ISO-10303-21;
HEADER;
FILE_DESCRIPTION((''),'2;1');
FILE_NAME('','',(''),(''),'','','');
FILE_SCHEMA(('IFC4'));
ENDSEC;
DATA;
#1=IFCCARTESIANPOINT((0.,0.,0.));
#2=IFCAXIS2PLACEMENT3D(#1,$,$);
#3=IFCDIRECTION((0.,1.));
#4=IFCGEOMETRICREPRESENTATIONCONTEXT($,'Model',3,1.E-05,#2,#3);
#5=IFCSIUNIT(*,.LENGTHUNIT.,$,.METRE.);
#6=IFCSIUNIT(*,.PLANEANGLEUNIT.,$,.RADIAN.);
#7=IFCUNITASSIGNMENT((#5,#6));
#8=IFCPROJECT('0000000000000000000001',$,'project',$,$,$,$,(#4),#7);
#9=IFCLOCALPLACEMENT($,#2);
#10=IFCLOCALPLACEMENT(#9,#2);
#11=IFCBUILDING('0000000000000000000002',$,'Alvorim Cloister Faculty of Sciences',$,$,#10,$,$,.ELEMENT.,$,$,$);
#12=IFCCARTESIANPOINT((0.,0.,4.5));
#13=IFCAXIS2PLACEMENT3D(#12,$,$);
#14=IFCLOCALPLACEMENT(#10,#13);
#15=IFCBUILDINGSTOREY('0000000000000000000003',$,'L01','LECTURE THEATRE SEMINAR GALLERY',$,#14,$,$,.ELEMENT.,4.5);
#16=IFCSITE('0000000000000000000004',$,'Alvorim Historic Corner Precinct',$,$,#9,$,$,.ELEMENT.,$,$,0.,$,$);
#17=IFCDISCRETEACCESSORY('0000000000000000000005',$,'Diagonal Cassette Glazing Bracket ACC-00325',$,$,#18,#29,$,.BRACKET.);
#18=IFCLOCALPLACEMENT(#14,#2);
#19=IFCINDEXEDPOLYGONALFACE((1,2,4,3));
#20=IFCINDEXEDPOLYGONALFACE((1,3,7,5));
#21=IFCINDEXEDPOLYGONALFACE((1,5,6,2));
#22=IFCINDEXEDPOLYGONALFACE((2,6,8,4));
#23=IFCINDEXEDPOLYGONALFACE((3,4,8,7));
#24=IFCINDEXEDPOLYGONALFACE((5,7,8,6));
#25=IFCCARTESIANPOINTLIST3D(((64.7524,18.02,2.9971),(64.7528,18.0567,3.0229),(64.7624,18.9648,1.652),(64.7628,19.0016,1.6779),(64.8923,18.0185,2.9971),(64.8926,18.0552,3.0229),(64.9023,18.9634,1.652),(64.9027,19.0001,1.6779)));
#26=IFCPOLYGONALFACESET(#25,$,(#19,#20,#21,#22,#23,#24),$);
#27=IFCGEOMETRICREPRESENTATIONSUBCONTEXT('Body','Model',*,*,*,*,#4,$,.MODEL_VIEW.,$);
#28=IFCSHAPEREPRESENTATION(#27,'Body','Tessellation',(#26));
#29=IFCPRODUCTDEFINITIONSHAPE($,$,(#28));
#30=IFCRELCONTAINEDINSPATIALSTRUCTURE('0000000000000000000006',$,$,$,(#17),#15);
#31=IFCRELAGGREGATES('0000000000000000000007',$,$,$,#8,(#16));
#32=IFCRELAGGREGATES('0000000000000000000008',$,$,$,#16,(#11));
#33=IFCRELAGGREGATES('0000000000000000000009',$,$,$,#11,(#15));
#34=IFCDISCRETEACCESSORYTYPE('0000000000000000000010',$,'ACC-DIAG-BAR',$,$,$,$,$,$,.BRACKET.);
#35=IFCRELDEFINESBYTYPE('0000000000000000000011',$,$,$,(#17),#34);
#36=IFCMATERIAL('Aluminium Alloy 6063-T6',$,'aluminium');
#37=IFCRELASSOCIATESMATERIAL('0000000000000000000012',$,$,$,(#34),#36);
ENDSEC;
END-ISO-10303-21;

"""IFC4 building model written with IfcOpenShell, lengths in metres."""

from ifc_helpers import new_model, si_unit, direction, frame, origin, origin_2d, place, context, subcontext, project, spatial, rectangle, extrude, material, type_object, element, save


model = new_model("IFC4")

# Units and contexts
model_context = context("Model", 3, precision=1e-05, world=origin(), true_north=direction((0.0, 1.0)))
body_context = subcontext(model_context, "Body", "Model", "MODEL_VIEW")
ifc_project = project(units=[si_unit("LENGTHUNIT", "METRE"), si_unit("PLANEANGLEUNIT", "RADIAN")], contexts=[model_context])

# Site, building, storey
site_placement = place(None, origin())
site = spatial("IfcSite", under=ifc_project, at=site_placement, Name="Alvorim Historic Corner Precinct", CompositionType="ELEMENT", RefElevation=0.0)
building_placement = place(site_placement, origin())
building = spatial("IfcBuilding", under=site, at=building_placement, Name="Alvorim Cloister Faculty of Sciences", CompositionType="ELEMENT")
storey_placement = place(building_placement, frame((0.0, 0.0, 4.5)))
storey = spatial("IfcBuildingStorey", under=building, at=storey_placement, Name="L01", Description="LECTURE THEATRE SEMINAR GALLERY", CompositionType="ELEMENT", Elevation=4.5)

# Shared definitions
ifc_material_1 = material(Name="Aluminium Alloy 6063-T6", Category="aluminium")

# Discrete accessory
discrete_accessory_type = type_object("IfcDiscreteAccessoryType", Name="ACC-DIAG-BAR", PredefinedType="BRACKET", material=ifc_material_1)
for number, where, z_axis, x_axis, name in (
    (1, (64.8225, 18.0376, 3.01), (0.00609, 0.574817, -0.81826), (-0.999944, 0.010594, 0.0), "Diagonal Cassette Glazing Bracket ACC-00325"),
):
    element("IfcDiscreteAccessory", number, at=place(storey_placement, frame(where, z_axis=z_axis, x_axis=x_axis)), inside=storey, type_object=discrete_accessory_type, Name=name, PredefinedType="BRACKET", context=body_context, shape_type="SweptSolid", body=[
        extrude(rectangle(XDim=0.1399, YDim=0.0449, at=origin_2d()), origin(), (0.0, 0.0, 1.0), 1.6438),
    ])

save(model, "model.ifc")
